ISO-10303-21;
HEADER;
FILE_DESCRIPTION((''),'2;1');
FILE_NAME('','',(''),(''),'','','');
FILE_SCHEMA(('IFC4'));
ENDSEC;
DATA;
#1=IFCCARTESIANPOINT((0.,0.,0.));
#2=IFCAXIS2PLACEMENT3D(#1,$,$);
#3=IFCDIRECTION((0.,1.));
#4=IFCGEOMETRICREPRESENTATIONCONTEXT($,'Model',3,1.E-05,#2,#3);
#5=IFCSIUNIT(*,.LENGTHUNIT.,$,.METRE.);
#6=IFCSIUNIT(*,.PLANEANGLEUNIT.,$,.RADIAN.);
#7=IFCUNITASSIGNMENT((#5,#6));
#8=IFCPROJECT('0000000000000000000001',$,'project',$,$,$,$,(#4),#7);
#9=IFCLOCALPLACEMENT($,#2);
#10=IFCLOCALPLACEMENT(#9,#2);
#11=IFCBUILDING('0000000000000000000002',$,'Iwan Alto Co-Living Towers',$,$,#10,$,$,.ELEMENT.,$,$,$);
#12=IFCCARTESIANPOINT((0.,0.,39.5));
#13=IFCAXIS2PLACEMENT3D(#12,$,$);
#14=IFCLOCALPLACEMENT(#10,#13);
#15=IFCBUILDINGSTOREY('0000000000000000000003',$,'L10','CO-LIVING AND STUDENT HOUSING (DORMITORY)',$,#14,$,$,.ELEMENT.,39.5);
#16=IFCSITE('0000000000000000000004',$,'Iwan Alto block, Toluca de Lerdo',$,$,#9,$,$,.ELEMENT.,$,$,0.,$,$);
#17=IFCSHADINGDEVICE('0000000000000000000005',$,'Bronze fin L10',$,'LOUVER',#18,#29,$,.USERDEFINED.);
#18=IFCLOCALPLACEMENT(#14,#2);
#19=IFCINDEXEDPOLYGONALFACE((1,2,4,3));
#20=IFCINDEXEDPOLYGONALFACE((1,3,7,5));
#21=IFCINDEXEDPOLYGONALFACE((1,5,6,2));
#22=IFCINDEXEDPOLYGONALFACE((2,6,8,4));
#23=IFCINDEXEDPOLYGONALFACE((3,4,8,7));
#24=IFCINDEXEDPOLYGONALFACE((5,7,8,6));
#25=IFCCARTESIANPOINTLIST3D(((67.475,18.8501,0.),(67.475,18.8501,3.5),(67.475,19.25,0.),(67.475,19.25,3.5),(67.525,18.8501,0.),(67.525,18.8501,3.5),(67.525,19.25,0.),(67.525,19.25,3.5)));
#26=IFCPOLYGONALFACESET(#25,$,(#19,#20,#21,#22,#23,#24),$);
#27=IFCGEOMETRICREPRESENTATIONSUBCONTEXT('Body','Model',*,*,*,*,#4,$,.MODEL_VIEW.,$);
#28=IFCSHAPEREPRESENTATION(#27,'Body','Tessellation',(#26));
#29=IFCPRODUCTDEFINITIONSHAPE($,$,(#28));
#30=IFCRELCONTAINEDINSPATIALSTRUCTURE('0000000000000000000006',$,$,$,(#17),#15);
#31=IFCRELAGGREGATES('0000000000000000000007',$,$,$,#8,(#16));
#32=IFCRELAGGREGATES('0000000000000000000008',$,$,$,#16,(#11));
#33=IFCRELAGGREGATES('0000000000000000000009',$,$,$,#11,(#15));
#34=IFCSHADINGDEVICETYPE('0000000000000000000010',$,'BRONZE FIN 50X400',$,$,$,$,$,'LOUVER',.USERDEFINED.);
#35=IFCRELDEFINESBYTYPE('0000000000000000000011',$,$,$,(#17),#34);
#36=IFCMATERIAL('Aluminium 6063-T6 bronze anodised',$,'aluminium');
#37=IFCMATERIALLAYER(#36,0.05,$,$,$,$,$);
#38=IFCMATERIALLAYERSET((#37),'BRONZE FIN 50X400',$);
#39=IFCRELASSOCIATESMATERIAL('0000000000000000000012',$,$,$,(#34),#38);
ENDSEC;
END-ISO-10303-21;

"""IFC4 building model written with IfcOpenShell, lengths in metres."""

from ifc_helpers import new_model, si_unit, direction, frame, origin, origin_2d, place, context, subcontext, project, spatial, rectangle, extrude, material, layer, layer_set, type_object, element, save


model = new_model("IFC4")

# Units and contexts
model_context = context("Model", 3, precision=1e-05, world=origin(), true_north=direction((0.0, 1.0)))
body_context = subcontext(model_context, "Body", "Model", "MODEL_VIEW")
ifc_project = project(units=[si_unit("LENGTHUNIT", "METRE"), si_unit("PLANEANGLEUNIT", "RADIAN")], contexts=[model_context])

# Site, building, storey
site_placement = place(None, origin())
site = spatial("IfcSite", under=ifc_project, at=site_placement, Name="Iwan Alto block, Toluca de Lerdo", CompositionType="ELEMENT", RefElevation=0.0)
building_placement = place(site_placement, origin())
building = spatial("IfcBuilding", under=site, at=building_placement, Name="Iwan Alto Co-Living Towers", CompositionType="ELEMENT")
storey_placement = place(building_placement, frame((0.0, 0.0, 39.5)))
storey = spatial("IfcBuildingStorey", under=building, at=storey_placement, Name="L10", Description="CO-LIVING AND STUDENT HOUSING (DORMITORY)", CompositionType="ELEMENT", Elevation=39.5)

# Shading device
ifc_material_1 = material(Name="Aluminium 6063-T6 bronze anodised", Category="aluminium")
ifc_layer_1 = layer(ifc_material_1, 0.05)
ifc_layer_set_1 = layer_set([ifc_layer_1], Name="BRONZE FIN 50X400")
shading_device_type = type_object("IfcShadingDeviceType", Name="BRONZE FIN 50X400", ElementType="LOUVER", PredefinedType="USERDEFINED", material=ifc_layer_set_1)
shading_device_placement = place(storey_placement, frame((67.5, 19.05, 0.0), z_axis=(0.0, 0.0, 1.0), x_axis=(-1.0, 0.0, 0.0)))
element("IfcShadingDevice", 1, at=shading_device_placement, inside=storey, type_object=shading_device_type, Name="Bronze fin L10", ObjectType="LOUVER", PredefinedType="USERDEFINED", context=body_context, shape_type="SweptSolid", body=[
    extrude(rectangle(XDim=0.05, YDim=0.3999, at=origin_2d()), origin(), (0.0, 0.0, 1.0), 3.5),
])

save(model, "model.ifc")
